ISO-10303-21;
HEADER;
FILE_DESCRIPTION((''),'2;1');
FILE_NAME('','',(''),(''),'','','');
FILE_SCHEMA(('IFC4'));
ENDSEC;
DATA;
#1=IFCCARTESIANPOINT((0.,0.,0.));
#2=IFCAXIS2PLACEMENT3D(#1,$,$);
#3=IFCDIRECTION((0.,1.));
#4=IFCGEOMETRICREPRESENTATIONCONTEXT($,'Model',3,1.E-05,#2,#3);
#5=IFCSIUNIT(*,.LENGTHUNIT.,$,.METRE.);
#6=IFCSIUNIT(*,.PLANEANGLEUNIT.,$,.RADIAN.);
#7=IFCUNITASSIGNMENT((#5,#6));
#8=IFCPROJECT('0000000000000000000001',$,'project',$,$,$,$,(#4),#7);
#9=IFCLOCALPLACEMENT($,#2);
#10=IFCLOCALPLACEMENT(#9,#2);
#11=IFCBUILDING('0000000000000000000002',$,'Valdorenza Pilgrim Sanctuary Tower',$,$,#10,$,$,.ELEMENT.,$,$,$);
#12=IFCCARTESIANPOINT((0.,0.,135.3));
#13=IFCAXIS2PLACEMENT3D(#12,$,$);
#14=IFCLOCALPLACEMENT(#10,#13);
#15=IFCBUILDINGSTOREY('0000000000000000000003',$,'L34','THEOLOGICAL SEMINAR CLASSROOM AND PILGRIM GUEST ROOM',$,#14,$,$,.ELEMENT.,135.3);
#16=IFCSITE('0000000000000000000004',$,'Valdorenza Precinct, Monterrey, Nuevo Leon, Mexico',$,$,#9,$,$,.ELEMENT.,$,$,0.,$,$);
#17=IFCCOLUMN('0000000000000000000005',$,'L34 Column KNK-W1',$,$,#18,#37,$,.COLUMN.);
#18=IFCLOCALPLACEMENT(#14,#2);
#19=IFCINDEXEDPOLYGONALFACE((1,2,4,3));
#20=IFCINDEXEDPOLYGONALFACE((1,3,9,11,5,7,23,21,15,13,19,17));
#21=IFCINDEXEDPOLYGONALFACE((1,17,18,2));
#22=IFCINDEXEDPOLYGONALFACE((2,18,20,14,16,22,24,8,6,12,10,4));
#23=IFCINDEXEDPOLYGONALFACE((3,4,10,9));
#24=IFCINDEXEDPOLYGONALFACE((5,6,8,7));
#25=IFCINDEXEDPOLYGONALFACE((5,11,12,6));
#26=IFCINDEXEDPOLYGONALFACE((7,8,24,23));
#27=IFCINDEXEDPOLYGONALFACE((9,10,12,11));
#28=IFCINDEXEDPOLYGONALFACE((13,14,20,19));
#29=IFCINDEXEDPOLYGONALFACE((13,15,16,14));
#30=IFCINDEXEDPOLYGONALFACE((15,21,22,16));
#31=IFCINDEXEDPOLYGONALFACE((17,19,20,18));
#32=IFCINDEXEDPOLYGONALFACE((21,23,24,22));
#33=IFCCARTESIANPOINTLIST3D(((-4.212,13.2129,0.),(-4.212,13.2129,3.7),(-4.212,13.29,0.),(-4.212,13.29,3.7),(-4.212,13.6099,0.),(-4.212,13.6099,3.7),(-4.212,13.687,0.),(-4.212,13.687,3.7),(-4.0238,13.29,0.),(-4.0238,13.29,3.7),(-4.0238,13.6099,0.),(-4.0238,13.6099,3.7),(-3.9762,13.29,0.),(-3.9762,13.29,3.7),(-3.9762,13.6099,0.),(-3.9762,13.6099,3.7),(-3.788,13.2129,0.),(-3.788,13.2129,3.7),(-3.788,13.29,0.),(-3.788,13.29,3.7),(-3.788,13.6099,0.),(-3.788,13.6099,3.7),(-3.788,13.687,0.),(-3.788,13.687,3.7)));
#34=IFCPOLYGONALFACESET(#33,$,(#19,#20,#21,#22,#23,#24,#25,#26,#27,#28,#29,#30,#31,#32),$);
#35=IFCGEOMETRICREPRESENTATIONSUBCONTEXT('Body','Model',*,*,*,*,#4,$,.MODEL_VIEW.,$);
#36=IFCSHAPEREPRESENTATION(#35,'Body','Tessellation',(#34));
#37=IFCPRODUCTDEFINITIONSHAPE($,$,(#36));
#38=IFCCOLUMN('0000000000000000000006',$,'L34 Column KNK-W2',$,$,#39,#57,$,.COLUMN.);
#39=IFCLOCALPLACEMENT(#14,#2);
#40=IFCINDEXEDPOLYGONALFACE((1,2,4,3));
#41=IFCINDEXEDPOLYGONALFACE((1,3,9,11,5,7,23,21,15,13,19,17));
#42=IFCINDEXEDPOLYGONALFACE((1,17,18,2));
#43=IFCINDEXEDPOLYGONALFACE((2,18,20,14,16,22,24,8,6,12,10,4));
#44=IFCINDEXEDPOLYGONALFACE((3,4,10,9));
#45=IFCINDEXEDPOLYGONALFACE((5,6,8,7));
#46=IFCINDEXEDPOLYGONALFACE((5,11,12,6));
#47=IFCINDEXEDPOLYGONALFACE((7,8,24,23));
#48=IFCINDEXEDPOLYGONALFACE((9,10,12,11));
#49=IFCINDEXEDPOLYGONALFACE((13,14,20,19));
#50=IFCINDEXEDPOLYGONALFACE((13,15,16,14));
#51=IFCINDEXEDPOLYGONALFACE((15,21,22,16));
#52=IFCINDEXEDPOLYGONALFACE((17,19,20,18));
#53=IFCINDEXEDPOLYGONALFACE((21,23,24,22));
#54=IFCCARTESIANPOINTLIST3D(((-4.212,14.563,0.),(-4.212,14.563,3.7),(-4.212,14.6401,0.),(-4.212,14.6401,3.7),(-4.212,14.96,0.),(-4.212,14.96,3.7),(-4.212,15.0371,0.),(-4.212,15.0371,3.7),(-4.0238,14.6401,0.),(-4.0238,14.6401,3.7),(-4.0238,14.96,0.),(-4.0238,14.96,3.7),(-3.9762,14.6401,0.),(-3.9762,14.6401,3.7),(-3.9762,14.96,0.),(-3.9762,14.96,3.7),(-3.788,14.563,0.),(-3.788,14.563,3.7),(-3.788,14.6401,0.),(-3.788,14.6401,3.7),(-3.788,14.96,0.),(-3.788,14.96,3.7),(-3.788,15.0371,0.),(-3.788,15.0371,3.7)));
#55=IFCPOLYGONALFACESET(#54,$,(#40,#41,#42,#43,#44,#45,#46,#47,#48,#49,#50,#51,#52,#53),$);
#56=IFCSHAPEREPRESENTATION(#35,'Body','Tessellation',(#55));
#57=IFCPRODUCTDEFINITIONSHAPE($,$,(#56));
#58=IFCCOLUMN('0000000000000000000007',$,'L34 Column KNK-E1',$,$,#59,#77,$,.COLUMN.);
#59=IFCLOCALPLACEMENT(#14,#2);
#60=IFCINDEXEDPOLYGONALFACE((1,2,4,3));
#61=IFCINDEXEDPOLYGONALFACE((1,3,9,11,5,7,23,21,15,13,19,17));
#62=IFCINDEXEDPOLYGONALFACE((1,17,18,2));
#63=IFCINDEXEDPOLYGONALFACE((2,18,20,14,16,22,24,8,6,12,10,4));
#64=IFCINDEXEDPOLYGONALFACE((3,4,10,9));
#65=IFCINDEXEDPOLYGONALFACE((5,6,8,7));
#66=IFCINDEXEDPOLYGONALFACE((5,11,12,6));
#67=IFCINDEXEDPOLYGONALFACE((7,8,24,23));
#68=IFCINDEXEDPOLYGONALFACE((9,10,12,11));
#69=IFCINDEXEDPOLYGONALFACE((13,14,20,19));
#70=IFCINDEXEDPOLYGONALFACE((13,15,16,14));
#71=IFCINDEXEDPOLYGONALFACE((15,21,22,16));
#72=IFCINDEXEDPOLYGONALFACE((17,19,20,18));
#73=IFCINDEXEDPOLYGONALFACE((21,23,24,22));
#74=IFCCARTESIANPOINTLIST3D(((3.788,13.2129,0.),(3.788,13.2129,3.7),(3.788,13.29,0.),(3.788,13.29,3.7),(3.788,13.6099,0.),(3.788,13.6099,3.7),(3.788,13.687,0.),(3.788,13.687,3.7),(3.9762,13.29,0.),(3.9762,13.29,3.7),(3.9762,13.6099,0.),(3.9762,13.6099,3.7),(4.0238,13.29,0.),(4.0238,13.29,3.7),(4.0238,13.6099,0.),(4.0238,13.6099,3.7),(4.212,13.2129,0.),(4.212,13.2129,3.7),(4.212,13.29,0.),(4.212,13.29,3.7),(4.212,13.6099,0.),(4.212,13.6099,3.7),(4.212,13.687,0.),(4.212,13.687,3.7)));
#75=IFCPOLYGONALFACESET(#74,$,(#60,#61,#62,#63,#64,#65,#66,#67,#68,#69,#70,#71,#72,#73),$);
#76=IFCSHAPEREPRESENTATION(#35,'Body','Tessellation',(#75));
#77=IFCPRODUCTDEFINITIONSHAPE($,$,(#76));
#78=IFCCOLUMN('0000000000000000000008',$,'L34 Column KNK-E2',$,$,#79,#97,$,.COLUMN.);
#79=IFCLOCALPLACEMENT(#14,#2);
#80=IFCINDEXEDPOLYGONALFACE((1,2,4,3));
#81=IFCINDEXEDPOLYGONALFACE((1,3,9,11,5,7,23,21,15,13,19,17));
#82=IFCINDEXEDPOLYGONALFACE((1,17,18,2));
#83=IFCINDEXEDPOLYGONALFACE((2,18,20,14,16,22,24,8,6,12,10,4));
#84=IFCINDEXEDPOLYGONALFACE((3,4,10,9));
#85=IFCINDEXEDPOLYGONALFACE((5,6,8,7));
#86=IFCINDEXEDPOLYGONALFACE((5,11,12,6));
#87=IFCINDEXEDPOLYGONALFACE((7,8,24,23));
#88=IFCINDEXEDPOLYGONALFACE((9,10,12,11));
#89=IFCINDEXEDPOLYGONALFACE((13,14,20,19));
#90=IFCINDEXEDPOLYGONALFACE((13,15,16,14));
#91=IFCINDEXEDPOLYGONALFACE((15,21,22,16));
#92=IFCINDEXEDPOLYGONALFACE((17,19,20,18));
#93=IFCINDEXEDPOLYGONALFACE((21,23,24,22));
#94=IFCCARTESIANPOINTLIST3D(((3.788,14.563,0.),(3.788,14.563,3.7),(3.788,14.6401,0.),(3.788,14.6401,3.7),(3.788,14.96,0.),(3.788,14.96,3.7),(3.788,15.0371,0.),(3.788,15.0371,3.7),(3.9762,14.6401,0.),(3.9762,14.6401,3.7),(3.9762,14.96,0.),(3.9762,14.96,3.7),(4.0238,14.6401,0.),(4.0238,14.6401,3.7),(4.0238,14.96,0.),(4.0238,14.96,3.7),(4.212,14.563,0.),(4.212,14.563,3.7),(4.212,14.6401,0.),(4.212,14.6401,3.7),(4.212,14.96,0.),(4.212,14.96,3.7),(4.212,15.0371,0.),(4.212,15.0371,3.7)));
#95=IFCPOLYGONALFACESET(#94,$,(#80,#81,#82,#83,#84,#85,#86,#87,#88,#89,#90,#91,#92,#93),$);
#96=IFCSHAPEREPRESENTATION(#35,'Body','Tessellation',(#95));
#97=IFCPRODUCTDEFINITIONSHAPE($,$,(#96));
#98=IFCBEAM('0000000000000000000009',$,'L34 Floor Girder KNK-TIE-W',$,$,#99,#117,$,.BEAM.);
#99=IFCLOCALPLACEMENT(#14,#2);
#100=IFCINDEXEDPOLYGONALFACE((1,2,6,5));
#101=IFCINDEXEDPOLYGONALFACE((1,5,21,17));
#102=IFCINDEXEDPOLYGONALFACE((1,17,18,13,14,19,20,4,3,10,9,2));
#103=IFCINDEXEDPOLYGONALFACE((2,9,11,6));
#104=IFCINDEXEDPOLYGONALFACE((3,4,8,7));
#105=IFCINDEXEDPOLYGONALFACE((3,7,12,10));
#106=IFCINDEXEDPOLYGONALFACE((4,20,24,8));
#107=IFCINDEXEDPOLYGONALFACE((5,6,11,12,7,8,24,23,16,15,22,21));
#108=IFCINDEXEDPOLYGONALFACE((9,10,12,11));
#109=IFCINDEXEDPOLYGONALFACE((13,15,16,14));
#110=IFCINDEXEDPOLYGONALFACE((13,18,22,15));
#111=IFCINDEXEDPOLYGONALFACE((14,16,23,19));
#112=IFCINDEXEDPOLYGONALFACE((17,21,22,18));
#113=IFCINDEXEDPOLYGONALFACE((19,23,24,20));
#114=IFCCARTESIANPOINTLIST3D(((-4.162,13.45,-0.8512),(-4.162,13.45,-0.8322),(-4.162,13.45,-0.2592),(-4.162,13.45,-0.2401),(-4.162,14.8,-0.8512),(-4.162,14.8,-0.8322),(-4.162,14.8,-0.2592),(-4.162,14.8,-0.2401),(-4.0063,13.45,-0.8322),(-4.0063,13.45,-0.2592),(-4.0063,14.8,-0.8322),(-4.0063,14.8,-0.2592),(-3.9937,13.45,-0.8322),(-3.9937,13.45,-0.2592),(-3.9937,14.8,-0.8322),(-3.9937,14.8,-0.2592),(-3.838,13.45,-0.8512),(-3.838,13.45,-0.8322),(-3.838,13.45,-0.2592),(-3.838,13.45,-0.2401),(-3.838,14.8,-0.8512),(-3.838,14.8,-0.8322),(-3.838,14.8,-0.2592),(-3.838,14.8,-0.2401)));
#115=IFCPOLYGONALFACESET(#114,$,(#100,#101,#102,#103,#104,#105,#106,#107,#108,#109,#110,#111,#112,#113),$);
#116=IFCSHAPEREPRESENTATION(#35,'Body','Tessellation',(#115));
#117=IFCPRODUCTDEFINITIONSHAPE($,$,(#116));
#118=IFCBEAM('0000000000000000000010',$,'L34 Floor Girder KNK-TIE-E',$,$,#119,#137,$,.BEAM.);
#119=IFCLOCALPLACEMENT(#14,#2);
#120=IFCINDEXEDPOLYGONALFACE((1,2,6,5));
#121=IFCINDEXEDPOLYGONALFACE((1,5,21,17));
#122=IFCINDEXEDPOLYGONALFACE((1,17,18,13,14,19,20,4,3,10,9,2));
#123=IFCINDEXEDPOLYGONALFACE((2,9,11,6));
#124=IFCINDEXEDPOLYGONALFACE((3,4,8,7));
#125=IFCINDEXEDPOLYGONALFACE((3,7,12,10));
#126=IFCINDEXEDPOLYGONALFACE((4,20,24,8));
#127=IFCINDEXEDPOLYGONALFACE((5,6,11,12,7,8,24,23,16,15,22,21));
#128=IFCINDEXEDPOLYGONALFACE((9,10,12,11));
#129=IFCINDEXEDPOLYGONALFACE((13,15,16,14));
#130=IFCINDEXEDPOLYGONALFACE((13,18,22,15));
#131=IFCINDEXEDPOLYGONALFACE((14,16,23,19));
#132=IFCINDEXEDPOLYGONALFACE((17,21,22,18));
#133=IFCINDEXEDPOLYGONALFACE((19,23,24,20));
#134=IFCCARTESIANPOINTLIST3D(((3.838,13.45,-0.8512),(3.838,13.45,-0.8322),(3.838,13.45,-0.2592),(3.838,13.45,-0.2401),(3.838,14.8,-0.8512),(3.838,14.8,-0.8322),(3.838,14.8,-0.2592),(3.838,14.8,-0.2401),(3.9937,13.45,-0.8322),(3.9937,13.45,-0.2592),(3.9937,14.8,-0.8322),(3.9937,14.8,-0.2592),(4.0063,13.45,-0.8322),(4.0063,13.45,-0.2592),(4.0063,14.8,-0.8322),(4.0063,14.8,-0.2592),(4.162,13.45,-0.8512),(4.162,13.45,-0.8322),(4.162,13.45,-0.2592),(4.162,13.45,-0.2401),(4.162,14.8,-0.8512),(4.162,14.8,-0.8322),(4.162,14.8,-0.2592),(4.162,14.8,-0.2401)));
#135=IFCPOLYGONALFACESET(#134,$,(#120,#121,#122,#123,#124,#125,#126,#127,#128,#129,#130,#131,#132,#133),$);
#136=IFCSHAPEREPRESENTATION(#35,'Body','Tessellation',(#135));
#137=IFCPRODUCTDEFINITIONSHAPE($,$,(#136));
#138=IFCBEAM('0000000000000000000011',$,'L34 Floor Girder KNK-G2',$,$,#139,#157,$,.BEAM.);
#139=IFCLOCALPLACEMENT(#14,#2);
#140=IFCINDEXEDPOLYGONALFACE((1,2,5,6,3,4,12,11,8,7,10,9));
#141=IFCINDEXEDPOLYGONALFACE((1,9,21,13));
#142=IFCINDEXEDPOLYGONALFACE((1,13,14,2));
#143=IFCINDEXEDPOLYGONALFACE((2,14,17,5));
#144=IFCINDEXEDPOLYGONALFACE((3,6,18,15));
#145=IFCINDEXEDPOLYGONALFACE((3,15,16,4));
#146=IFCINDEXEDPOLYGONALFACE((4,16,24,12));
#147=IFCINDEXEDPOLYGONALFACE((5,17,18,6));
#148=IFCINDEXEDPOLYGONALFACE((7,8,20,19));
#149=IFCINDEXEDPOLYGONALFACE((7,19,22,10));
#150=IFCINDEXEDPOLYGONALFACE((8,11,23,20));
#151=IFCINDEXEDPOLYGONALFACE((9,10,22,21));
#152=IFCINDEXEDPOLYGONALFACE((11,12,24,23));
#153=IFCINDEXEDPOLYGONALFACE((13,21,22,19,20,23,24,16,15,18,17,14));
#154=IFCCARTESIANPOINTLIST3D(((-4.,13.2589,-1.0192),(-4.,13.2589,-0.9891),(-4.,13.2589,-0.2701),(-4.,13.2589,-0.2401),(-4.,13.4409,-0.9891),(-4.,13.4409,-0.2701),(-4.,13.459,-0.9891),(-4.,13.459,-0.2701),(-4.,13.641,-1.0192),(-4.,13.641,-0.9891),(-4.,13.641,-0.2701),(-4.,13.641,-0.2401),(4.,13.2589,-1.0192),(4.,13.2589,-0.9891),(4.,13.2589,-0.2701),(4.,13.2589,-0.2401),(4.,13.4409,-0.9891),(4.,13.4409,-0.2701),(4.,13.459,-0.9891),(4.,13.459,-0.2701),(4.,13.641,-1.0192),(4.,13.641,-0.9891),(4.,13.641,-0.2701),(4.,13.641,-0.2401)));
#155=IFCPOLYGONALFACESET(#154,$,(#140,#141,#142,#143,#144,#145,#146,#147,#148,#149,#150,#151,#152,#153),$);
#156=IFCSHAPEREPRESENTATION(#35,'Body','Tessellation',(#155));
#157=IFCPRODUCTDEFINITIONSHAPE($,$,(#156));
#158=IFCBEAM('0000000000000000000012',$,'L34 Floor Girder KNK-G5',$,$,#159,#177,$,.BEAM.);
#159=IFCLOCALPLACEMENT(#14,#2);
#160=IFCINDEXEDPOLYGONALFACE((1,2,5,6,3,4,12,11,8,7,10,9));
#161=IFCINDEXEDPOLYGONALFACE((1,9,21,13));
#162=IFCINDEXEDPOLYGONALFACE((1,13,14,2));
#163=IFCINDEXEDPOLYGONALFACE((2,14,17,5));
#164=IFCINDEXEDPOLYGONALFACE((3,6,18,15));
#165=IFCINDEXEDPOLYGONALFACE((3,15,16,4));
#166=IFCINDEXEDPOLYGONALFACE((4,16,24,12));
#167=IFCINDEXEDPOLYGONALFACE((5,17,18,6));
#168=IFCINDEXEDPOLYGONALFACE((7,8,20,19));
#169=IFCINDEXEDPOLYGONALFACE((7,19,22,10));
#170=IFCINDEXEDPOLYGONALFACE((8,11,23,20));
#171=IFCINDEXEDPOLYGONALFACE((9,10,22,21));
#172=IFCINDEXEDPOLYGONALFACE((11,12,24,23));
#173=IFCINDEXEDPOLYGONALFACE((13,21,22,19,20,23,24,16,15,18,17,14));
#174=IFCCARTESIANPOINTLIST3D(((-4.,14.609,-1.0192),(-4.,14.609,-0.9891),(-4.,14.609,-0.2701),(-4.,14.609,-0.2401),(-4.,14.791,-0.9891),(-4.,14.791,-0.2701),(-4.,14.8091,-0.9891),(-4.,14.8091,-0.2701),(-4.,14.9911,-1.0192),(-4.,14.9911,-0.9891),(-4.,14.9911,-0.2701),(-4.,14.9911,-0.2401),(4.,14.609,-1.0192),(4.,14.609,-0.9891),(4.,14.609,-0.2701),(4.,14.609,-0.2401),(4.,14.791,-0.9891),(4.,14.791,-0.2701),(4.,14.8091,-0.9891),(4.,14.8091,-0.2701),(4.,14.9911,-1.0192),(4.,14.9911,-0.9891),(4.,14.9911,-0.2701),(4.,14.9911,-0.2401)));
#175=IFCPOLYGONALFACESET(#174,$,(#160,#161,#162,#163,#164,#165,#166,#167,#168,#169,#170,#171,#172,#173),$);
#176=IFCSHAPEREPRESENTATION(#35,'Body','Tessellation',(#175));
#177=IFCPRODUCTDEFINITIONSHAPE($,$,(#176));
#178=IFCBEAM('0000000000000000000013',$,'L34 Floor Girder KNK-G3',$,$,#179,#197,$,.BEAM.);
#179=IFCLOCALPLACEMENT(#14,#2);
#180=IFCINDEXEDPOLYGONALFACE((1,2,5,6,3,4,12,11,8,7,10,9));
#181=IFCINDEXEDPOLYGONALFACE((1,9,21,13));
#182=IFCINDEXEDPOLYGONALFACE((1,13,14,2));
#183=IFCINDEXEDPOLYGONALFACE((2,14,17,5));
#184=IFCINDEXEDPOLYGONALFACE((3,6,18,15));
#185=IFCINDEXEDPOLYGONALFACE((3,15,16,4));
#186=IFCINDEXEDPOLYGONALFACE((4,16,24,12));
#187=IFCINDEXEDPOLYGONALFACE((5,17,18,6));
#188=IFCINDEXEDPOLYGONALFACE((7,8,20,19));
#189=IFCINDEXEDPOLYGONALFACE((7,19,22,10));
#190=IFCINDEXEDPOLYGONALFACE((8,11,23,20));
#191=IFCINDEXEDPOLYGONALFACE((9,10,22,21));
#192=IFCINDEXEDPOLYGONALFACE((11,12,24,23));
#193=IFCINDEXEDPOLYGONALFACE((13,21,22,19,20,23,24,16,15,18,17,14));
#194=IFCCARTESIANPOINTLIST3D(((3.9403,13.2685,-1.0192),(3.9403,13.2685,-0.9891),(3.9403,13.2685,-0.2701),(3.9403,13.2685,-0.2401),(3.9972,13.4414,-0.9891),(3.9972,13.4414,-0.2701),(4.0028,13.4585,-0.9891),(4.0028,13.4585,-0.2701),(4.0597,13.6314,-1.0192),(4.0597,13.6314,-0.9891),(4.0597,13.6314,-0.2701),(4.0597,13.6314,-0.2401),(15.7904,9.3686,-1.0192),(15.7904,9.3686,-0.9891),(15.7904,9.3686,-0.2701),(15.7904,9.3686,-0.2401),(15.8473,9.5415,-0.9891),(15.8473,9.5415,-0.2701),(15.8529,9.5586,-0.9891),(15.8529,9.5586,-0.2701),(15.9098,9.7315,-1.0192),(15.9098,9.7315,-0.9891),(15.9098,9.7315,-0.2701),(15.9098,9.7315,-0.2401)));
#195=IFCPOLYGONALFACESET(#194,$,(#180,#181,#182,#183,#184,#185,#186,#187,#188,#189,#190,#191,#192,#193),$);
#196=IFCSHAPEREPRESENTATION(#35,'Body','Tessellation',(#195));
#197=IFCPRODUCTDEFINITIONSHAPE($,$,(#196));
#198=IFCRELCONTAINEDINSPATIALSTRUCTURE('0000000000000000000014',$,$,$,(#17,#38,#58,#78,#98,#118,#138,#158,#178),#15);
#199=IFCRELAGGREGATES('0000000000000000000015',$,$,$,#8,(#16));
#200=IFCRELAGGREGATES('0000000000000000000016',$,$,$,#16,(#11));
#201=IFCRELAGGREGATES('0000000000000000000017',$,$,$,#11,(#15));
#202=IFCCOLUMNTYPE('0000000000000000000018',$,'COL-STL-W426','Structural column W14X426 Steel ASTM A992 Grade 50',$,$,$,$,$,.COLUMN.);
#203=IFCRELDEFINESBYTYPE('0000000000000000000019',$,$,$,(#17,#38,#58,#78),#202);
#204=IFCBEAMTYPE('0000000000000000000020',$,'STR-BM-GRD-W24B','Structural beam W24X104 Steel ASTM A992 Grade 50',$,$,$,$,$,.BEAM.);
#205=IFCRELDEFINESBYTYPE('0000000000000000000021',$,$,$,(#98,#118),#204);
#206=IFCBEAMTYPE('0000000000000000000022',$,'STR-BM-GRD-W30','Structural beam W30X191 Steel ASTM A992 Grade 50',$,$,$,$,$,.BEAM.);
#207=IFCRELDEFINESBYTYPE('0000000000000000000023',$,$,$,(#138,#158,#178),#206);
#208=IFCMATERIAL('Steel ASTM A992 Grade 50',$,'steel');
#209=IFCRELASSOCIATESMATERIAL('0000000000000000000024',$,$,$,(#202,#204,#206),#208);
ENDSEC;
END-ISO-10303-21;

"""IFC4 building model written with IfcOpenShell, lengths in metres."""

from ifc_helpers import new_model, si_unit, direction, frame, origin, origin_2d, place, context, subcontext, project, spatial, i_section, extrude, source, transform, mapped, material, material_profile, profile_set, type_object, element, save


model = new_model("IFC4")

# Units and contexts
model_context = context("Model", 3, precision=1e-05, world=origin(), true_north=direction((0.0, 1.0)))
body_context = subcontext(model_context, "Body", "Model", "MODEL_VIEW")
ifc_project = project(units=[si_unit("LENGTHUNIT", "METRE"), si_unit("PLANEANGLEUNIT", "RADIAN")], contexts=[model_context])

# Site, building, storey
site_placement = place(None, origin())
site = spatial("IfcSite", under=ifc_project, at=site_placement, Name="Valdorenza Precinct, Monterrey, Nuevo Leon, Mexico", CompositionType="ELEMENT", RefElevation=0.0)
building_placement = place(site_placement, origin())
building = spatial("IfcBuilding", under=site, at=building_placement, Name="Valdorenza Pilgrim Sanctuary Tower", CompositionType="ELEMENT")
storey_placement = place(building_placement, frame((0.0, 0.0, 135.3)))
storey = spatial("IfcBuildingStorey", under=building, at=storey_placement, Name="L34", Description="THEOLOGICAL SEMINAR CLASSROOM AND PILGRIM GUEST ROOM", CompositionType="ELEMENT", Elevation=135.3)

# Columns
ifc_material_1 = material(Name="Steel ASTM A992 Grade 50", Category="steel")
ifc_material_profile_1 = material_profile(ifc_material_1, i_section(OverallWidth=0.4241, OverallDepth=0.4741, WebThickness=0.0476, FlangeThickness=0.0771, at=origin_2d()), Name="W14X426")
ifc_profile_set_1 = profile_set([ifc_material_profile_1], Name="Steel ASTM A992 Grade 50")
column_type = type_object("IfcColumnType", Name="COL-STL-W426", Description="Structural column W14X426 Steel ASTM A992 Grade 50", PredefinedType="COLUMN", material=ifc_profile_set_1)
shared_shape_1 = source(origin(), body_context, "Body", "SweptSolid", [
    extrude(i_section(OverallWidth=0.4241, OverallDepth=0.4741, WebThickness=0.0476, FlangeThickness=0.0771, at=origin_2d()), origin(), (0.0, 0.0, 1.0), 3.7),
])
for number, where, z_axis, x_axis, name in (
    (1, (-4.0, 13.45, 0.0), (0.0, 0.0, 1.0), (1.0, 0.0, 0.0), "L34 Column KNK-W1"),
    (2, (-4.0, 14.8, 0.0), (0.0, 0.0, 1.0), (1.0, 0.0, 0.0), "L34 Column KNK-W2"),
    (3, (4.0, 13.45, 0.0), (0.0, 0.0, 1.0), (1.0, 0.0, 0.0), "L34 Column KNK-E1"),
    (4, (4.0, 14.8, 0.0), (0.0, 0.0, 1.0), (1.0, 0.0, 0.0), "L34 Column KNK-E2"),
):
    element("IfcColumn", number, at=place(storey_placement, frame(where, z_axis=z_axis, x_axis=x_axis)), inside=storey, type_object=column_type, Name=name, PredefinedType="COLUMN", context=body_context, shape_type="MappedRepresentation", body=[
        mapped(shared_shape_1, transform((0.0, 0.0, 0.0), x_axis=(1.0, 0.0, 0.0), y_axis=(0.0, 1.0, 0.0), z_axis=(0.0, 0.0, 1.0), scale=1.0)),
    ])

# Beams
ifc_material_profile_2 = material_profile(ifc_material_1, i_section(OverallWidth=0.324, OverallDepth=0.6111, WebThickness=0.0127, FlangeThickness=0.019, at=origin_2d()), Name="W24X104")
ifc_profile_set_2 = profile_set([ifc_material_profile_2], Name="Steel ASTM A992 Grade 50")
beam_type_1 = type_object("IfcBeamType", Name="STR-BM-GRD-W24B", Description="Structural beam W24X104 Steel ASTM A992 Grade 50", PredefinedType="BEAM", material=ifc_profile_set_2)
shared_shape_2 = source(origin(), body_context, "Body", "SweptSolid", [
    extrude(i_section(OverallWidth=0.324, OverallDepth=0.6111, WebThickness=0.0127, FlangeThickness=0.019, at=origin_2d()), origin(), (0.0, 0.0, 1.0), 1.3501),
])
for number, where, z_axis, x_axis, name in (
    (5, (-4.0, 13.45, -0.5457), (0.0, 1.0, 0.0), (-1.0, 0.0, 0.0), "L34 Floor Girder KNK-TIE-W"),
    (6, (4.0, 13.45, -0.5457), (0.0, 1.0, 0.0), (-1.0, 0.0, 0.0), "L34 Floor Girder KNK-TIE-E"),
):
    element("IfcBeam", number, at=place(storey_placement, frame(where, z_axis=z_axis, x_axis=x_axis)), inside=storey, type_object=beam_type_1, Name=name, PredefinedType="BEAM", context=body_context, shape_type="MappedRepresentation", body=[
        mapped(shared_shape_2, transform((0.0, 0.0, 0.0), x_axis=(1.0, 0.0, 0.0), y_axis=(0.0, 1.0, 0.0), z_axis=(0.0, 0.0, 1.0), scale=1.0)),
    ])
ifc_material_profile_3 = material_profile(ifc_material_1, i_section(OverallWidth=0.3821, OverallDepth=0.7791, WebThickness=0.0181, FlangeThickness=0.03, at=origin_2d()), Name="W30X191")
ifc_profile_set_3 = profile_set([ifc_material_profile_3], Name="Steel ASTM A992 Grade 50")
beam_type_2 = type_object("IfcBeamType", Name="STR-BM-GRD-W30", Description="Structural beam W30X191 Steel ASTM A992 Grade 50", PredefinedType="BEAM", material=ifc_profile_set_3)
shared_shape_3 = source(origin(), body_context, "Body", "SweptSolid", [
    extrude(i_section(OverallWidth=0.3821, OverallDepth=0.7791, WebThickness=0.0181, FlangeThickness=0.03, at=origin_2d()), origin(), (0.0, 0.0, 1.0), 8.0),
])
for number, where, z_axis, x_axis, name in (
    (7, (-4.0, 13.45, -0.6296), (1.0, 0.0, 0.0), (0.0, 1.0, 0.0), "L34 Floor Girder KNK-G2"),
    (8, (-4.0, 14.8, -0.6296), (1.0, 0.0, 0.0), (0.0, 1.0, 0.0), "L34 Floor Girder KNK-G5"),
):
    element("IfcBeam", number, at=place(storey_placement, frame(where, z_axis=z_axis, x_axis=x_axis)), inside=storey, type_object=beam_type_2, Name=name, PredefinedType="BEAM", context=body_context, shape_type="MappedRepresentation", body=[
        mapped(shared_shape_3, transform((0.0, 0.0, 0.0), x_axis=(1.0, 0.0, 0.0), y_axis=(0.0, 1.0, 0.0), z_axis=(0.0, 0.0, 1.0), scale=1.0)),
    ])
shared_shape_4 = source(origin(), body_context, "Body", "SweptSolid", [
    extrude(i_section(OverallWidth=0.3821, OverallDepth=0.7791, WebThickness=0.0181, FlangeThickness=0.03, at=origin_2d()), origin(), (0.0, 0.0, 1.0), 12.4753),
])
beam_1_placement = place(storey_placement, frame((4.0, 13.45, -0.6296), z_axis=(0.949882, -0.312609, 0.0), x_axis=(0.312609, 0.949882, 0.0)))
element("IfcBeam", 9, at=beam_1_placement, inside=storey, type_object=beam_type_2, Name="L34 Floor Girder KNK-G3", PredefinedType="BEAM", context=body_context, shape_type="MappedRepresentation", body=[
    mapped(shared_shape_4, transform((0.0, 0.0, 0.0), x_axis=(1.0, 0.0, 0.0), y_axis=(0.0, 1.0, 0.0), z_axis=(0.0, 0.0, 1.0), scale=1.0)),
])

save(model, "model.ifc")
